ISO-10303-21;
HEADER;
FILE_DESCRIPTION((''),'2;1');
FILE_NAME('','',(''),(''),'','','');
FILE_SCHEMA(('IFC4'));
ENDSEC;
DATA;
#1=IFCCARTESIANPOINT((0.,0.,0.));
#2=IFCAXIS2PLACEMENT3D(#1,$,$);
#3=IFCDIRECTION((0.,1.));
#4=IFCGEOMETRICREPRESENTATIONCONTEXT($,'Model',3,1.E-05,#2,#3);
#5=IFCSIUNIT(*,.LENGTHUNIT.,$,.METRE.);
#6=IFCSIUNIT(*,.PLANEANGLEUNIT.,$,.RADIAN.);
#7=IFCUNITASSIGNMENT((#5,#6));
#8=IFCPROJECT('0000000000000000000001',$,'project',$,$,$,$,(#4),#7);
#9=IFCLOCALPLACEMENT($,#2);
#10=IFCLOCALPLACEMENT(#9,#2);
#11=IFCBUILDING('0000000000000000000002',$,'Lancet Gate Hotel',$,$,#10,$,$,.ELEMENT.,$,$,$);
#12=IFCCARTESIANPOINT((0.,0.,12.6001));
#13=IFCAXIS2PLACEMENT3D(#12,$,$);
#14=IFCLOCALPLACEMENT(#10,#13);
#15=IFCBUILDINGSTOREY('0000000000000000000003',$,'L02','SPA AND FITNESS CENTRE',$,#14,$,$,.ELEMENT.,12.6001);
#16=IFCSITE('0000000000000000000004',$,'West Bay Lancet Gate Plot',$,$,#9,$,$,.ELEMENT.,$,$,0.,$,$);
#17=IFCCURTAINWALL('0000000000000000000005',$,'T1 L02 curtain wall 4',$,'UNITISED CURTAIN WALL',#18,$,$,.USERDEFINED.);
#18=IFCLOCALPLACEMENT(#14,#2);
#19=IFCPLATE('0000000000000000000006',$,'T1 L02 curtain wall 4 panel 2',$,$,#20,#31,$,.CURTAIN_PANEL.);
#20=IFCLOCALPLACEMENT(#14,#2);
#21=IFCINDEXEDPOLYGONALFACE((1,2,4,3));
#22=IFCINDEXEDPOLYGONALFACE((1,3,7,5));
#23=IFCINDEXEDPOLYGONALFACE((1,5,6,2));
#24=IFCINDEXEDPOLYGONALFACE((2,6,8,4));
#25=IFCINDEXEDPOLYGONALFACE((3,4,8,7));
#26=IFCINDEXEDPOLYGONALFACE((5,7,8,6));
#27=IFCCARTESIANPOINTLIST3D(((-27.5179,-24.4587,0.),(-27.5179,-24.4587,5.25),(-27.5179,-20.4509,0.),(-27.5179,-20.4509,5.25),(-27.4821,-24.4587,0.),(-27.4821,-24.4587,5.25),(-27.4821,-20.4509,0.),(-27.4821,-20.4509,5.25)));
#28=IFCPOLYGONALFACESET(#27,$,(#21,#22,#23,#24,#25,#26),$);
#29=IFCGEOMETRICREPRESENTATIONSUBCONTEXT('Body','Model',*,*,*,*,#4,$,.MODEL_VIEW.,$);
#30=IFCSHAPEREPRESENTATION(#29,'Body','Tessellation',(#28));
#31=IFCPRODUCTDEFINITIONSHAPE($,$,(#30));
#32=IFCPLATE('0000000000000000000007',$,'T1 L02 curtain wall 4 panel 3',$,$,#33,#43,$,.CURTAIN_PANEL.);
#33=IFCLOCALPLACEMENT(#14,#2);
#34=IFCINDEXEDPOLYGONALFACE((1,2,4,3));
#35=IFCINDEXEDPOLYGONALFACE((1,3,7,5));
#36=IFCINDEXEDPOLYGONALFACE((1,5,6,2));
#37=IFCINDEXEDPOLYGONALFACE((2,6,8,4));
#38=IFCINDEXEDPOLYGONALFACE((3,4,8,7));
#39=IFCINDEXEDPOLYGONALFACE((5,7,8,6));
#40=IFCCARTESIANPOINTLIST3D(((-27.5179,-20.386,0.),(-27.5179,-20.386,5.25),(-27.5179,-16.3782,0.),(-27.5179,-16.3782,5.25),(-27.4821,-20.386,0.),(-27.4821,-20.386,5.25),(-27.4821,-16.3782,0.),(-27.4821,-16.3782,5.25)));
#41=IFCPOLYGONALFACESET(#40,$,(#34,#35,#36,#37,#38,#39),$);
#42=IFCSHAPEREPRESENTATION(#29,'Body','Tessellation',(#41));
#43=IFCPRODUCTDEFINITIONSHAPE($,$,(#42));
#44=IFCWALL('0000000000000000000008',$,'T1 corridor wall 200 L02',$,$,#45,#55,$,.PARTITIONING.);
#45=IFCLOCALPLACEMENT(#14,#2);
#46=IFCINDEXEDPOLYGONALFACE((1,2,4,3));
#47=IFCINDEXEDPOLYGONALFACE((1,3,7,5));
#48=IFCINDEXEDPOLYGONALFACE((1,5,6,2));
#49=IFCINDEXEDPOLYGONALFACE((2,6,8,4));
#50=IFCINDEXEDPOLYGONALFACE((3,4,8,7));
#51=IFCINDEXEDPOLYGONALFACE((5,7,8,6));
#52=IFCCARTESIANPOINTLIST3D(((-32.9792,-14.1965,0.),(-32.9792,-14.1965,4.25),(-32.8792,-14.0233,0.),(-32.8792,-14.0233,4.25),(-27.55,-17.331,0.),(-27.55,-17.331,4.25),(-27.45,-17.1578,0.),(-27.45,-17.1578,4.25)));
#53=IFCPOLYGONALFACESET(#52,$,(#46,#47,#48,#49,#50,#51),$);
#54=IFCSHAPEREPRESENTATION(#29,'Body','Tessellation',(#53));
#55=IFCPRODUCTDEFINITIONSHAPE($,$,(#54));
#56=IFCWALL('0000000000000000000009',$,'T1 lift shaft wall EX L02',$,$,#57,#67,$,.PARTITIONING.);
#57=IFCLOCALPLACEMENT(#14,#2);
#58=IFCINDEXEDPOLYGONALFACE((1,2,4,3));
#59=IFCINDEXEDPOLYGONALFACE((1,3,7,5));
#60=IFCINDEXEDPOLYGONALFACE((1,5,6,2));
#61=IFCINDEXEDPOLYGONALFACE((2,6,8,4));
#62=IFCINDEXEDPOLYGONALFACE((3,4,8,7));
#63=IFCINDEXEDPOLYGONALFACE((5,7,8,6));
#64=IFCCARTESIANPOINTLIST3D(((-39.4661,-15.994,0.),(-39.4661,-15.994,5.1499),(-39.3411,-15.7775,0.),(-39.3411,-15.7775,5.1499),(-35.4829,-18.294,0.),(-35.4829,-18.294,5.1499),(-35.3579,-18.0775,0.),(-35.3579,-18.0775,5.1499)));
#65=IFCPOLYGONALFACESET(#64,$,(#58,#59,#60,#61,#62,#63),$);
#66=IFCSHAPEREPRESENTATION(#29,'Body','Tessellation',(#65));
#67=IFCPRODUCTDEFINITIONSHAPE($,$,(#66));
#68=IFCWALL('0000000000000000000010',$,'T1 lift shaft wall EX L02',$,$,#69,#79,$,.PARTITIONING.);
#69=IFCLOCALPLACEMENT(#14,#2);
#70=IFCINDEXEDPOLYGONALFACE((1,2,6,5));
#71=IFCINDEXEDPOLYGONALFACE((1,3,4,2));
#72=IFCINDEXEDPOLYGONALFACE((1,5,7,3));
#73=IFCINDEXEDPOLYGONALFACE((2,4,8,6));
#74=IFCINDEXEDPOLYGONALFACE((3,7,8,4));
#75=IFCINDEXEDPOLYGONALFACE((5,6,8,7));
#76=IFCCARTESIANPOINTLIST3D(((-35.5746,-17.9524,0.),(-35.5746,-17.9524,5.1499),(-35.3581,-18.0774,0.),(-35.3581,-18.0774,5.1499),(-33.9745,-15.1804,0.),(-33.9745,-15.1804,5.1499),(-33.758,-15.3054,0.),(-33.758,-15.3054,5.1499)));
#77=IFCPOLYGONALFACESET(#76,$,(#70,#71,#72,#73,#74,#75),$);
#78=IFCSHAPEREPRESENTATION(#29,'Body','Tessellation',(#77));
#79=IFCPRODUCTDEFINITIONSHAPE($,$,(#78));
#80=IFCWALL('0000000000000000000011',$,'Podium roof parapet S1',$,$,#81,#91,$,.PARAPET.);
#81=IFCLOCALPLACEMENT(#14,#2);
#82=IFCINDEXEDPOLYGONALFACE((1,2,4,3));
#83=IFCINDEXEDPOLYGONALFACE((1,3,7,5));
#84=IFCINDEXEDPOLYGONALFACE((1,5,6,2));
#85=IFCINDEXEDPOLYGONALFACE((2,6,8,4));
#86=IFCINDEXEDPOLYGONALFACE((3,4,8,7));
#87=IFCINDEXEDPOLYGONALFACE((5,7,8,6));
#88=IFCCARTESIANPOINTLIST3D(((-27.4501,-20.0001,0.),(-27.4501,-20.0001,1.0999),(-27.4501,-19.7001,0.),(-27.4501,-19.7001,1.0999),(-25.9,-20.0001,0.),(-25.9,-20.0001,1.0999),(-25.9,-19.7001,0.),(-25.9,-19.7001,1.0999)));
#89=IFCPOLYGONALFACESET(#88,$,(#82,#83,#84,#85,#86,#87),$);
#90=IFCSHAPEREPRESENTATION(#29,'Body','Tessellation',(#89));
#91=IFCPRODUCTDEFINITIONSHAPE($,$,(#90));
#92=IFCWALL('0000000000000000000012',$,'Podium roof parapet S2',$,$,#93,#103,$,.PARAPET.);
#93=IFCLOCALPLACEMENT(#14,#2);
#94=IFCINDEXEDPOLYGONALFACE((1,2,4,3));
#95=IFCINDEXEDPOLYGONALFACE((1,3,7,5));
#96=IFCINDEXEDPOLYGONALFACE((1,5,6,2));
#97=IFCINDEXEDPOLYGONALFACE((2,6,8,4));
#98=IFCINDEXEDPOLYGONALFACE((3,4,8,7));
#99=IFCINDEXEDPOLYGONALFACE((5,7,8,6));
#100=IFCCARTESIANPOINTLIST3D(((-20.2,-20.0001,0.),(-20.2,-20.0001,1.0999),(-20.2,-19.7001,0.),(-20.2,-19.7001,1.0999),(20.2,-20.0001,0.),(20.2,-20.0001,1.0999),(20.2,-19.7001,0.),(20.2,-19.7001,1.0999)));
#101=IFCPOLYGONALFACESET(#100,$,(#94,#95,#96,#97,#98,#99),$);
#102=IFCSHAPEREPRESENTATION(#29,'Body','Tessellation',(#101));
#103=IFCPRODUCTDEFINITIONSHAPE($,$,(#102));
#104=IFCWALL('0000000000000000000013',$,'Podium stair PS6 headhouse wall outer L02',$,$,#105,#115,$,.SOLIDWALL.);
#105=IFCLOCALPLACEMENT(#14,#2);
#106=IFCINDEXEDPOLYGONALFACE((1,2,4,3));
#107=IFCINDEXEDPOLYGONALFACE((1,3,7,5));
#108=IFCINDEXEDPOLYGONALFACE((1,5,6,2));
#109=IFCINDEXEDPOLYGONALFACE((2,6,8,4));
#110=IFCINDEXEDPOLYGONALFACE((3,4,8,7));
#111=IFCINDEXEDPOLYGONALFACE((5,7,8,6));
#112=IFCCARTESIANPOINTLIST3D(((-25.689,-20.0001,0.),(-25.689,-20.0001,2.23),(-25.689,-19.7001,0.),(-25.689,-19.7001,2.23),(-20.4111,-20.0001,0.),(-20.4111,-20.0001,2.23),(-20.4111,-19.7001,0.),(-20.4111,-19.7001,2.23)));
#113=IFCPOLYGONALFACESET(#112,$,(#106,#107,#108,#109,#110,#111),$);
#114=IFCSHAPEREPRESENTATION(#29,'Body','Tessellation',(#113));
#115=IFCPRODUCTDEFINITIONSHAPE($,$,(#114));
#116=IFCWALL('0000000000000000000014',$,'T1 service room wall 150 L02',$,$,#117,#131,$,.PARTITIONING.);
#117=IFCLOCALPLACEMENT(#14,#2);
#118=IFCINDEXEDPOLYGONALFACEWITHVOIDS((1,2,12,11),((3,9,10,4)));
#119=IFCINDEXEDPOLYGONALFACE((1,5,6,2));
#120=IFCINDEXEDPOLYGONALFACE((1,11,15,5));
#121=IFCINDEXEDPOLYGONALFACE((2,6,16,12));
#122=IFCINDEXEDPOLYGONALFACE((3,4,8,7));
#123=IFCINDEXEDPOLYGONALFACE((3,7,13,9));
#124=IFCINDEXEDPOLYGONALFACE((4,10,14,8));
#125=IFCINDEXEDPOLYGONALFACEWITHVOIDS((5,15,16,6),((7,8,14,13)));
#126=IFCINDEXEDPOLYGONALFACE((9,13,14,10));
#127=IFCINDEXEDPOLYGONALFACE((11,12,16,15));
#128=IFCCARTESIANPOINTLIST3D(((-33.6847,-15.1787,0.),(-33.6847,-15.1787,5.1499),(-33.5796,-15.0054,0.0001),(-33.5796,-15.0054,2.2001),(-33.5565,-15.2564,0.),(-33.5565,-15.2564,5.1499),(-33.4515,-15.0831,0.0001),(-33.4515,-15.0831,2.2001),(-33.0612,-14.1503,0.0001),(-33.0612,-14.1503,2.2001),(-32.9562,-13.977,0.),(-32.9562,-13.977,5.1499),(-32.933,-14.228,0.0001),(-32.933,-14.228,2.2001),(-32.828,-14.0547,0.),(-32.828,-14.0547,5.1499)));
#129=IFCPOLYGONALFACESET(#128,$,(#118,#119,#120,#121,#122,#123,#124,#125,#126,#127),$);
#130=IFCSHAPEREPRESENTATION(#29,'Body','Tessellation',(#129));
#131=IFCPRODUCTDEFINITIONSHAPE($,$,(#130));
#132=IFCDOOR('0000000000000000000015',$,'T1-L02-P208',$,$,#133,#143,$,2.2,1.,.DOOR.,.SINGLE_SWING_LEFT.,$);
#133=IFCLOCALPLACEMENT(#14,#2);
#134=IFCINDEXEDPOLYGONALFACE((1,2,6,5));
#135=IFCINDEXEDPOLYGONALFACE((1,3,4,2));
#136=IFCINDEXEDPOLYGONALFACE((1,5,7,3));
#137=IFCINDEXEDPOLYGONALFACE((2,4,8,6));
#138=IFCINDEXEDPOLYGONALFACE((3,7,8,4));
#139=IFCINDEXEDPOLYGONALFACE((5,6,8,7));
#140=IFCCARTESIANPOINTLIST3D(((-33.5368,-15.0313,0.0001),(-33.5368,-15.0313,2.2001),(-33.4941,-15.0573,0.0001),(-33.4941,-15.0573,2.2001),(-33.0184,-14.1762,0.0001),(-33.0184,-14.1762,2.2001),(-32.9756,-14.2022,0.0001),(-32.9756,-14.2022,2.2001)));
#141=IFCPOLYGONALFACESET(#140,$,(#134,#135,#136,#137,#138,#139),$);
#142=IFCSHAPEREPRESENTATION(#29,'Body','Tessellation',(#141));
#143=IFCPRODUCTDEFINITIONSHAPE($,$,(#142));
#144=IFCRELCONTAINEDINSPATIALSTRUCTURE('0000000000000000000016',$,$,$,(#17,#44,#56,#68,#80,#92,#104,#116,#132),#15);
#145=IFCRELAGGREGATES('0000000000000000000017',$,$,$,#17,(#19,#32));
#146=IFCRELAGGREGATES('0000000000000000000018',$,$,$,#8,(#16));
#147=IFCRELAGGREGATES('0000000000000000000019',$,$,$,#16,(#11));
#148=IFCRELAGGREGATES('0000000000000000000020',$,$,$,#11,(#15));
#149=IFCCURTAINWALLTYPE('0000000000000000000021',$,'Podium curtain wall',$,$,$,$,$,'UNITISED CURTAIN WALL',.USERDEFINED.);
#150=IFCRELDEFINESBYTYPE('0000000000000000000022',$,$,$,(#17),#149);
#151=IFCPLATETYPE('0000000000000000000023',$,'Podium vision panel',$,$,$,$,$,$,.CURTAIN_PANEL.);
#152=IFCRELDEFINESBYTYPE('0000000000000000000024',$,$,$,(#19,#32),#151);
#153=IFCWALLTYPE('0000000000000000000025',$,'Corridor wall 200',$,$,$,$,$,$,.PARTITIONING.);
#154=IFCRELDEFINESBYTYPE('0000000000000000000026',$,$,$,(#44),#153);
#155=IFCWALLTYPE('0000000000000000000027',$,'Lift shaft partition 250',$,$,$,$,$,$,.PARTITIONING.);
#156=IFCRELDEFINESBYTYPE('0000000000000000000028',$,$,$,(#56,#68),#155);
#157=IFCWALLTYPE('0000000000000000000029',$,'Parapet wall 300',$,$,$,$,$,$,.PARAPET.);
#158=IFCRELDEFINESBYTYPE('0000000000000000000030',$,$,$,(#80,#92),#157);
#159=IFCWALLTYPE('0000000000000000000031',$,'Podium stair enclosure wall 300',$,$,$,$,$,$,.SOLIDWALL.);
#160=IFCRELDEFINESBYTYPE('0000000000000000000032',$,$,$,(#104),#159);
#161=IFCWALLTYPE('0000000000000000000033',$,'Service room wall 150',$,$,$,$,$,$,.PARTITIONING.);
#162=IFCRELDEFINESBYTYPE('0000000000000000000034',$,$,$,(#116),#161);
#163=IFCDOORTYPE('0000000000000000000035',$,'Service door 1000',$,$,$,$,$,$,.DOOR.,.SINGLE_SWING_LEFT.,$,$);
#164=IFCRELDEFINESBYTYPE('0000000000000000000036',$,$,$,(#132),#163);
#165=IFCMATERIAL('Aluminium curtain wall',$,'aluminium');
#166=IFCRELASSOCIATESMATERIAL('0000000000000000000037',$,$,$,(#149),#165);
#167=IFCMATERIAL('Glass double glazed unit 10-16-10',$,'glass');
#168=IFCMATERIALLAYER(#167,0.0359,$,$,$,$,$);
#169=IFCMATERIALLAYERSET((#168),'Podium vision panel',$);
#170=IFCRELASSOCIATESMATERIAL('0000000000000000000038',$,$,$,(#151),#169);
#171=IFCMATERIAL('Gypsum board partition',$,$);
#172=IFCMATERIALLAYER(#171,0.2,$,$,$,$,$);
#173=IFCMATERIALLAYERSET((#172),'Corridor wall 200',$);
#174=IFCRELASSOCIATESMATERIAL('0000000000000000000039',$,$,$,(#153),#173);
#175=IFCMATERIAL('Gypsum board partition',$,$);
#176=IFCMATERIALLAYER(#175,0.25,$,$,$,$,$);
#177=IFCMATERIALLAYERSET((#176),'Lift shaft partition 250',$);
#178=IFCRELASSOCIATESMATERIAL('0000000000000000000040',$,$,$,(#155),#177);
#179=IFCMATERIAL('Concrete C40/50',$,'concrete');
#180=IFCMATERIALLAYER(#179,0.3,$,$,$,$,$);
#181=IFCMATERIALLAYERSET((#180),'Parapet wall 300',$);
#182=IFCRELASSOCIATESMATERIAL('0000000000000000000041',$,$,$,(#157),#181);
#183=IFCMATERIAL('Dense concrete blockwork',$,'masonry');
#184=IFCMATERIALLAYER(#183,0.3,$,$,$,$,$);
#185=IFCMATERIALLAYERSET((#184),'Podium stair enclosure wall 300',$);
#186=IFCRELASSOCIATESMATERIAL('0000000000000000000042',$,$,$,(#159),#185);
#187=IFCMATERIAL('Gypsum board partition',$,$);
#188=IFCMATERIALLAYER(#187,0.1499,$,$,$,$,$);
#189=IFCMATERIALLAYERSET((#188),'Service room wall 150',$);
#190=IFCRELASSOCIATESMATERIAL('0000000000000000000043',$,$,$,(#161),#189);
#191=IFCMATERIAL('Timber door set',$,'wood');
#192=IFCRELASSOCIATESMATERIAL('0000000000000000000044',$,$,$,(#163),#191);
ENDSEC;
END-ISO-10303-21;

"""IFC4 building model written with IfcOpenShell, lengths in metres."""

from ifc_helpers import new_model, si_unit, direction, frame, frame_2d, origin, origin_2d, place, context, subcontext, project, spatial, rectangle, extrude, material, layer, layer_set, type_object, element, fill, aggregate, save


model = new_model("IFC4")

# Units and contexts
model_context = context("Model", 3, precision=1e-05, world=origin(), true_north=direction((0.0, 1.0)))
body_context = subcontext(model_context, "Body", "Model", "MODEL_VIEW")
ifc_project = project(units=[si_unit("LENGTHUNIT", "METRE"), si_unit("PLANEANGLEUNIT", "RADIAN")], contexts=[model_context])

# Site, building, storey
site_placement = place(None, origin())
site = spatial("IfcSite", under=ifc_project, at=site_placement, Name="West Bay Lancet Gate Plot", CompositionType="ELEMENT", RefElevation=0.0)
building_placement = place(site_placement, origin())
building = spatial("IfcBuilding", under=site, at=building_placement, Name="Lancet Gate Hotel", CompositionType="ELEMENT")
storey_placement = place(building_placement, frame((0.0, 0.0, 12.6001)))
storey = spatial("IfcBuildingStorey", under=building, at=storey_placement, Name="L02", Description="SPA AND FITNESS CENTRE", CompositionType="ELEMENT", Elevation=12.6001)

# Curtain wall
ifc_material_1 = material(Name="Aluminium curtain wall", Category="aluminium")
curtain_wall_type = type_object("IfcCurtainWallType", Name="Podium curtain wall", ElementType="UNITISED CURTAIN WALL", PredefinedType="USERDEFINED", material=ifc_material_1)
curtain_wall_1_placement = place(storey_placement, origin())
curtain_wall_1 = element("IfcCurtainWall", 1, at=curtain_wall_1_placement, inside=storey, type_object=curtain_wall_type, Name="T1 L02 curtain wall 4", ObjectType="UNITISED CURTAIN WALL", PredefinedType="USERDEFINED")

# Plates
ifc_material_2 = material(Name="Glass double glazed unit 10-16-10", Category="glass")
ifc_layer_1 = layer(ifc_material_2, 0.0359)
ifc_layer_set_1 = layer_set([ifc_layer_1], Name="Podium vision panel")
plate_type = type_object("IfcPlateType", Name="Podium vision panel", PredefinedType="CURTAIN_PANEL", material=ifc_layer_set_1)
plate_1_placement = place(storey_placement, frame((-27.5, -22.4548, 0.0), z_axis=(0.0, 0.0, 1.0), x_axis=(0.0, 1.0, 0.0)))
plate_1 = element("IfcPlate", 2, at=plate_1_placement, type_object=plate_type, Name="T1 L02 curtain wall 4 panel 2", PredefinedType="CURTAIN_PANEL", context=body_context, shape_type="SweptSolid", body=[
    extrude(rectangle(XDim=4.0078, YDim=0.0359, at=origin_2d()), origin(), (0.0, 0.0, 1.0), 5.25),
])
plate_2_placement = place(storey_placement, frame((-27.5, -18.3821, 0.0), z_axis=(0.0, 0.0, 1.0), x_axis=(0.0, 1.0, 0.0)))
plate_2 = element("IfcPlate", 3, at=plate_2_placement, type_object=plate_type, Name="T1 L02 curtain wall 4 panel 3", PredefinedType="CURTAIN_PANEL", context=body_context, shape_type="SweptSolid", body=[
    extrude(rectangle(XDim=4.0078, YDim=0.0359, at=origin_2d()), origin(), (0.0, 0.0, 1.0), 5.25),
])
aggregate(curtain_wall_1, [plate_1, plate_2])

# Walls
ifc_material_3 = material(Name="Gypsum board partition")
ifc_layer_2 = layer(ifc_material_3, 0.2)
ifc_layer_set_2 = layer_set([ifc_layer_2], Name="Corridor wall 200")
wall_type_1 = type_object("IfcWallType", Name="Corridor wall 200", PredefinedType="PARTITIONING", material=ifc_layer_set_2)
wall_1_placement = place(storey_placement, frame((-27.5, -17.2444, 0.0), z_axis=(0.0, 0.0, 1.0), x_axis=(-0.866027, 0.499997, 0.0)))
element("IfcWall", 4, at=wall_1_placement, inside=storey, type_object=wall_type_1, Name="T1 corridor wall 200 L02", PredefinedType="PARTITIONING", context=body_context, shape_type="SweptSolid", body=[
    extrude(rectangle(XDim=6.269, YDim=0.2, at=frame_2d((3.1345, 0.0))), origin(), (0.0, 0.0, 1.0), 4.25),
])
ifc_material_4 = material(Name="Gypsum board partition")
ifc_layer_3 = layer(ifc_material_4, 0.25)
ifc_layer_set_3 = layer_set([ifc_layer_3], Name="Lift shaft partition 250")
wall_type_2 = type_object("IfcWallType", Name="Lift shaft partition 250", PredefinedType="PARTITIONING", material=ifc_layer_set_3)
wall_2_placement = place(storey_placement, frame((-35.4204, -18.1858, 0.0), z_axis=(0.0, 0.0, 1.0), x_axis=(-0.86599, 0.500061, 0.0)))
element("IfcWall", 5, at=wall_2_placement, inside=storey, type_object=wall_type_2, Name="T1 lift shaft wall EX L02", PredefinedType="PARTITIONING", context=body_context, shape_type="SweptSolid", body=[
    extrude(rectangle(XDim=4.5996, YDim=0.25, at=frame_2d((2.2998, 0.0))), origin(), (0.0, 0.0, 1.0), 5.1499),
])
wall_3_placement = place(storey_placement, frame((-33.8662, -15.2429, 0.0), z_axis=(0.0, 0.0, 1.0), x_axis=(-0.499929, -0.866066, 0.0)))
element("IfcWall", 6, at=wall_3_placement, inside=storey, type_object=wall_type_2, Name="T1 lift shaft wall EX L02", PredefinedType="PARTITIONING", context=body_context, shape_type="SweptSolid", body=[
    extrude(rectangle(XDim=3.2007, YDim=0.25, at=frame_2d((1.6003, 0.0))), origin(), (0.0, 0.0, 1.0), 5.1499),
])
ifc_material_5 = material(Name="Concrete C40/50", Category="concrete")
ifc_layer_4 = layer(ifc_material_5, 0.3)
ifc_layer_set_4 = layer_set([ifc_layer_4], Name="Parapet wall 300")
wall_type_3 = type_object("IfcWallType", Name="Parapet wall 300", PredefinedType="PARAPET", material=ifc_layer_set_4)
wall_4_placement = place(storey_placement, frame((-27.45, -19.8501, 0.0), z_axis=(0.0, 0.0, 1.0), x_axis=(1.0, 0.0, 0.0)))
element("IfcWall", 7, at=wall_4_placement, inside=storey, type_object=wall_type_3, Name="Podium roof parapet S1", PredefinedType="PARAPET", context=body_context, shape_type="SweptSolid", body=[
    extrude(rectangle(XDim=1.55, YDim=0.3, at=frame_2d((0.7749, 0.0))), origin(), (0.0, 0.0, 1.0), 1.0999),
])
wall_5_placement = place(storey_placement, frame((-20.2, -19.8501, 0.0), z_axis=(0.0, 0.0, 1.0), x_axis=(1.0, 0.0, 0.0)))
element("IfcWall", 8, at=wall_5_placement, inside=storey, type_object=wall_type_3, Name="Podium roof parapet S2", PredefinedType="PARAPET", context=body_context, shape_type="SweptSolid", body=[
    extrude(rectangle(XDim=40.3999, YDim=0.3, at=frame_2d((20.2, 0.0))), origin(), (0.0, 0.0, 1.0), 1.0999),
])
ifc_material_6 = material(Name="Dense concrete blockwork", Category="masonry")
ifc_layer_5 = layer(ifc_material_6, 0.3)
ifc_layer_set_5 = layer_set([ifc_layer_5], Name="Podium stair enclosure wall 300")
wall_type_4 = type_object("IfcWallType", Name="Podium stair enclosure wall 300", PredefinedType="SOLIDWALL", material=ifc_layer_set_5)
wall_6_placement = place(storey_placement, frame((-25.689, -19.8501, 0.0), z_axis=(0.0, 0.0, 1.0), x_axis=(1.0, 0.0, 0.0)))
element("IfcWall", 9, at=wall_6_placement, inside=storey, type_object=wall_type_4, Name="Podium stair PS6 headhouse wall outer L02", PredefinedType="SOLIDWALL", context=body_context, shape_type="SweptSolid", body=[
    extrude(rectangle(XDim=5.2778, YDim=0.3, at=frame_2d((2.6389, 0.0))), origin(), (0.0, 0.0, 1.0), 2.23),
])

# Wall, opening, door
ifc_material_7 = material(Name="Gypsum board partition")
ifc_layer_6 = layer(ifc_material_7, 0.1499)
ifc_layer_set_6 = layer_set([ifc_layer_6], Name="Service room wall 150")
wall_type_5 = type_object("IfcWallType", Name="Service room wall 150", PredefinedType="PARTITIONING", material=ifc_layer_set_6)
wall_7_placement = place(storey_placement, frame((-33.6206, -15.2175, 0.0), z_axis=(0.0, 0.0, 1.0), x_axis=(0.518425, 0.855123, 0.0)))
wall_7 = element("IfcWall", 10, at=wall_7_placement, inside=storey, type_object=wall_type_5, Name="T1 service room wall 150 L02", PredefinedType="PARTITIONING", context=body_context, shape_type="SweptSolid", body=[
    extrude(rectangle(XDim=1.4053, YDim=0.1499, at=frame_2d((0.7026, 0.0))), origin(), (0.0, 0.0, 1.0), 5.1499),
])
opening_placement = place(wall_7_placement, frame((0.2026, 0.0, 0.0)))
opening = element("IfcOpeningElement", 11, at=opening_placement, cuts=wall_7, PredefinedType="OPENING", context=body_context, shape_type="SweptSolid", body=[
    extrude(rectangle(XDim=1.0, YDim=2.2, at=frame_2d((0.5, 1.1001))), frame((0.0, 0.085, 0.0), z_axis=(0.0, -1.0, 0.0), x_axis=(1.0, 0.0, 0.0)), (0.0, 0.0, 1.0), 0.1699),
])
ifc_material_8 = material(Name="Timber door set", Category="wood")
door_type = type_object("IfcDoorType", Name="Service door 1000", OperationType="SINGLE_SWING_LEFT", PredefinedType="DOOR", material=ifc_material_8)
door_placement = place(opening_placement, origin())
door = element("IfcDoor", 12, at=door_placement, inside=storey, type_object=door_type, Name="T1-L02-P208", OperationType="SINGLE_SWING_LEFT", OverallHeight=2.2, OverallWidth=1.0, PredefinedType="DOOR", context=body_context, shape_type="SweptSolid", body=[
    extrude(rectangle(XDim=1.0, YDim=2.2, at=frame_2d((0.5, 1.1001))), frame((0.0, 0.0249, 0.0), z_axis=(0.0, -1.0, 0.0), x_axis=(1.0, 0.0, 0.0)), (0.0, 0.0, 1.0), 0.05),
])
fill(opening, door)

save(model, "model.ifc")
